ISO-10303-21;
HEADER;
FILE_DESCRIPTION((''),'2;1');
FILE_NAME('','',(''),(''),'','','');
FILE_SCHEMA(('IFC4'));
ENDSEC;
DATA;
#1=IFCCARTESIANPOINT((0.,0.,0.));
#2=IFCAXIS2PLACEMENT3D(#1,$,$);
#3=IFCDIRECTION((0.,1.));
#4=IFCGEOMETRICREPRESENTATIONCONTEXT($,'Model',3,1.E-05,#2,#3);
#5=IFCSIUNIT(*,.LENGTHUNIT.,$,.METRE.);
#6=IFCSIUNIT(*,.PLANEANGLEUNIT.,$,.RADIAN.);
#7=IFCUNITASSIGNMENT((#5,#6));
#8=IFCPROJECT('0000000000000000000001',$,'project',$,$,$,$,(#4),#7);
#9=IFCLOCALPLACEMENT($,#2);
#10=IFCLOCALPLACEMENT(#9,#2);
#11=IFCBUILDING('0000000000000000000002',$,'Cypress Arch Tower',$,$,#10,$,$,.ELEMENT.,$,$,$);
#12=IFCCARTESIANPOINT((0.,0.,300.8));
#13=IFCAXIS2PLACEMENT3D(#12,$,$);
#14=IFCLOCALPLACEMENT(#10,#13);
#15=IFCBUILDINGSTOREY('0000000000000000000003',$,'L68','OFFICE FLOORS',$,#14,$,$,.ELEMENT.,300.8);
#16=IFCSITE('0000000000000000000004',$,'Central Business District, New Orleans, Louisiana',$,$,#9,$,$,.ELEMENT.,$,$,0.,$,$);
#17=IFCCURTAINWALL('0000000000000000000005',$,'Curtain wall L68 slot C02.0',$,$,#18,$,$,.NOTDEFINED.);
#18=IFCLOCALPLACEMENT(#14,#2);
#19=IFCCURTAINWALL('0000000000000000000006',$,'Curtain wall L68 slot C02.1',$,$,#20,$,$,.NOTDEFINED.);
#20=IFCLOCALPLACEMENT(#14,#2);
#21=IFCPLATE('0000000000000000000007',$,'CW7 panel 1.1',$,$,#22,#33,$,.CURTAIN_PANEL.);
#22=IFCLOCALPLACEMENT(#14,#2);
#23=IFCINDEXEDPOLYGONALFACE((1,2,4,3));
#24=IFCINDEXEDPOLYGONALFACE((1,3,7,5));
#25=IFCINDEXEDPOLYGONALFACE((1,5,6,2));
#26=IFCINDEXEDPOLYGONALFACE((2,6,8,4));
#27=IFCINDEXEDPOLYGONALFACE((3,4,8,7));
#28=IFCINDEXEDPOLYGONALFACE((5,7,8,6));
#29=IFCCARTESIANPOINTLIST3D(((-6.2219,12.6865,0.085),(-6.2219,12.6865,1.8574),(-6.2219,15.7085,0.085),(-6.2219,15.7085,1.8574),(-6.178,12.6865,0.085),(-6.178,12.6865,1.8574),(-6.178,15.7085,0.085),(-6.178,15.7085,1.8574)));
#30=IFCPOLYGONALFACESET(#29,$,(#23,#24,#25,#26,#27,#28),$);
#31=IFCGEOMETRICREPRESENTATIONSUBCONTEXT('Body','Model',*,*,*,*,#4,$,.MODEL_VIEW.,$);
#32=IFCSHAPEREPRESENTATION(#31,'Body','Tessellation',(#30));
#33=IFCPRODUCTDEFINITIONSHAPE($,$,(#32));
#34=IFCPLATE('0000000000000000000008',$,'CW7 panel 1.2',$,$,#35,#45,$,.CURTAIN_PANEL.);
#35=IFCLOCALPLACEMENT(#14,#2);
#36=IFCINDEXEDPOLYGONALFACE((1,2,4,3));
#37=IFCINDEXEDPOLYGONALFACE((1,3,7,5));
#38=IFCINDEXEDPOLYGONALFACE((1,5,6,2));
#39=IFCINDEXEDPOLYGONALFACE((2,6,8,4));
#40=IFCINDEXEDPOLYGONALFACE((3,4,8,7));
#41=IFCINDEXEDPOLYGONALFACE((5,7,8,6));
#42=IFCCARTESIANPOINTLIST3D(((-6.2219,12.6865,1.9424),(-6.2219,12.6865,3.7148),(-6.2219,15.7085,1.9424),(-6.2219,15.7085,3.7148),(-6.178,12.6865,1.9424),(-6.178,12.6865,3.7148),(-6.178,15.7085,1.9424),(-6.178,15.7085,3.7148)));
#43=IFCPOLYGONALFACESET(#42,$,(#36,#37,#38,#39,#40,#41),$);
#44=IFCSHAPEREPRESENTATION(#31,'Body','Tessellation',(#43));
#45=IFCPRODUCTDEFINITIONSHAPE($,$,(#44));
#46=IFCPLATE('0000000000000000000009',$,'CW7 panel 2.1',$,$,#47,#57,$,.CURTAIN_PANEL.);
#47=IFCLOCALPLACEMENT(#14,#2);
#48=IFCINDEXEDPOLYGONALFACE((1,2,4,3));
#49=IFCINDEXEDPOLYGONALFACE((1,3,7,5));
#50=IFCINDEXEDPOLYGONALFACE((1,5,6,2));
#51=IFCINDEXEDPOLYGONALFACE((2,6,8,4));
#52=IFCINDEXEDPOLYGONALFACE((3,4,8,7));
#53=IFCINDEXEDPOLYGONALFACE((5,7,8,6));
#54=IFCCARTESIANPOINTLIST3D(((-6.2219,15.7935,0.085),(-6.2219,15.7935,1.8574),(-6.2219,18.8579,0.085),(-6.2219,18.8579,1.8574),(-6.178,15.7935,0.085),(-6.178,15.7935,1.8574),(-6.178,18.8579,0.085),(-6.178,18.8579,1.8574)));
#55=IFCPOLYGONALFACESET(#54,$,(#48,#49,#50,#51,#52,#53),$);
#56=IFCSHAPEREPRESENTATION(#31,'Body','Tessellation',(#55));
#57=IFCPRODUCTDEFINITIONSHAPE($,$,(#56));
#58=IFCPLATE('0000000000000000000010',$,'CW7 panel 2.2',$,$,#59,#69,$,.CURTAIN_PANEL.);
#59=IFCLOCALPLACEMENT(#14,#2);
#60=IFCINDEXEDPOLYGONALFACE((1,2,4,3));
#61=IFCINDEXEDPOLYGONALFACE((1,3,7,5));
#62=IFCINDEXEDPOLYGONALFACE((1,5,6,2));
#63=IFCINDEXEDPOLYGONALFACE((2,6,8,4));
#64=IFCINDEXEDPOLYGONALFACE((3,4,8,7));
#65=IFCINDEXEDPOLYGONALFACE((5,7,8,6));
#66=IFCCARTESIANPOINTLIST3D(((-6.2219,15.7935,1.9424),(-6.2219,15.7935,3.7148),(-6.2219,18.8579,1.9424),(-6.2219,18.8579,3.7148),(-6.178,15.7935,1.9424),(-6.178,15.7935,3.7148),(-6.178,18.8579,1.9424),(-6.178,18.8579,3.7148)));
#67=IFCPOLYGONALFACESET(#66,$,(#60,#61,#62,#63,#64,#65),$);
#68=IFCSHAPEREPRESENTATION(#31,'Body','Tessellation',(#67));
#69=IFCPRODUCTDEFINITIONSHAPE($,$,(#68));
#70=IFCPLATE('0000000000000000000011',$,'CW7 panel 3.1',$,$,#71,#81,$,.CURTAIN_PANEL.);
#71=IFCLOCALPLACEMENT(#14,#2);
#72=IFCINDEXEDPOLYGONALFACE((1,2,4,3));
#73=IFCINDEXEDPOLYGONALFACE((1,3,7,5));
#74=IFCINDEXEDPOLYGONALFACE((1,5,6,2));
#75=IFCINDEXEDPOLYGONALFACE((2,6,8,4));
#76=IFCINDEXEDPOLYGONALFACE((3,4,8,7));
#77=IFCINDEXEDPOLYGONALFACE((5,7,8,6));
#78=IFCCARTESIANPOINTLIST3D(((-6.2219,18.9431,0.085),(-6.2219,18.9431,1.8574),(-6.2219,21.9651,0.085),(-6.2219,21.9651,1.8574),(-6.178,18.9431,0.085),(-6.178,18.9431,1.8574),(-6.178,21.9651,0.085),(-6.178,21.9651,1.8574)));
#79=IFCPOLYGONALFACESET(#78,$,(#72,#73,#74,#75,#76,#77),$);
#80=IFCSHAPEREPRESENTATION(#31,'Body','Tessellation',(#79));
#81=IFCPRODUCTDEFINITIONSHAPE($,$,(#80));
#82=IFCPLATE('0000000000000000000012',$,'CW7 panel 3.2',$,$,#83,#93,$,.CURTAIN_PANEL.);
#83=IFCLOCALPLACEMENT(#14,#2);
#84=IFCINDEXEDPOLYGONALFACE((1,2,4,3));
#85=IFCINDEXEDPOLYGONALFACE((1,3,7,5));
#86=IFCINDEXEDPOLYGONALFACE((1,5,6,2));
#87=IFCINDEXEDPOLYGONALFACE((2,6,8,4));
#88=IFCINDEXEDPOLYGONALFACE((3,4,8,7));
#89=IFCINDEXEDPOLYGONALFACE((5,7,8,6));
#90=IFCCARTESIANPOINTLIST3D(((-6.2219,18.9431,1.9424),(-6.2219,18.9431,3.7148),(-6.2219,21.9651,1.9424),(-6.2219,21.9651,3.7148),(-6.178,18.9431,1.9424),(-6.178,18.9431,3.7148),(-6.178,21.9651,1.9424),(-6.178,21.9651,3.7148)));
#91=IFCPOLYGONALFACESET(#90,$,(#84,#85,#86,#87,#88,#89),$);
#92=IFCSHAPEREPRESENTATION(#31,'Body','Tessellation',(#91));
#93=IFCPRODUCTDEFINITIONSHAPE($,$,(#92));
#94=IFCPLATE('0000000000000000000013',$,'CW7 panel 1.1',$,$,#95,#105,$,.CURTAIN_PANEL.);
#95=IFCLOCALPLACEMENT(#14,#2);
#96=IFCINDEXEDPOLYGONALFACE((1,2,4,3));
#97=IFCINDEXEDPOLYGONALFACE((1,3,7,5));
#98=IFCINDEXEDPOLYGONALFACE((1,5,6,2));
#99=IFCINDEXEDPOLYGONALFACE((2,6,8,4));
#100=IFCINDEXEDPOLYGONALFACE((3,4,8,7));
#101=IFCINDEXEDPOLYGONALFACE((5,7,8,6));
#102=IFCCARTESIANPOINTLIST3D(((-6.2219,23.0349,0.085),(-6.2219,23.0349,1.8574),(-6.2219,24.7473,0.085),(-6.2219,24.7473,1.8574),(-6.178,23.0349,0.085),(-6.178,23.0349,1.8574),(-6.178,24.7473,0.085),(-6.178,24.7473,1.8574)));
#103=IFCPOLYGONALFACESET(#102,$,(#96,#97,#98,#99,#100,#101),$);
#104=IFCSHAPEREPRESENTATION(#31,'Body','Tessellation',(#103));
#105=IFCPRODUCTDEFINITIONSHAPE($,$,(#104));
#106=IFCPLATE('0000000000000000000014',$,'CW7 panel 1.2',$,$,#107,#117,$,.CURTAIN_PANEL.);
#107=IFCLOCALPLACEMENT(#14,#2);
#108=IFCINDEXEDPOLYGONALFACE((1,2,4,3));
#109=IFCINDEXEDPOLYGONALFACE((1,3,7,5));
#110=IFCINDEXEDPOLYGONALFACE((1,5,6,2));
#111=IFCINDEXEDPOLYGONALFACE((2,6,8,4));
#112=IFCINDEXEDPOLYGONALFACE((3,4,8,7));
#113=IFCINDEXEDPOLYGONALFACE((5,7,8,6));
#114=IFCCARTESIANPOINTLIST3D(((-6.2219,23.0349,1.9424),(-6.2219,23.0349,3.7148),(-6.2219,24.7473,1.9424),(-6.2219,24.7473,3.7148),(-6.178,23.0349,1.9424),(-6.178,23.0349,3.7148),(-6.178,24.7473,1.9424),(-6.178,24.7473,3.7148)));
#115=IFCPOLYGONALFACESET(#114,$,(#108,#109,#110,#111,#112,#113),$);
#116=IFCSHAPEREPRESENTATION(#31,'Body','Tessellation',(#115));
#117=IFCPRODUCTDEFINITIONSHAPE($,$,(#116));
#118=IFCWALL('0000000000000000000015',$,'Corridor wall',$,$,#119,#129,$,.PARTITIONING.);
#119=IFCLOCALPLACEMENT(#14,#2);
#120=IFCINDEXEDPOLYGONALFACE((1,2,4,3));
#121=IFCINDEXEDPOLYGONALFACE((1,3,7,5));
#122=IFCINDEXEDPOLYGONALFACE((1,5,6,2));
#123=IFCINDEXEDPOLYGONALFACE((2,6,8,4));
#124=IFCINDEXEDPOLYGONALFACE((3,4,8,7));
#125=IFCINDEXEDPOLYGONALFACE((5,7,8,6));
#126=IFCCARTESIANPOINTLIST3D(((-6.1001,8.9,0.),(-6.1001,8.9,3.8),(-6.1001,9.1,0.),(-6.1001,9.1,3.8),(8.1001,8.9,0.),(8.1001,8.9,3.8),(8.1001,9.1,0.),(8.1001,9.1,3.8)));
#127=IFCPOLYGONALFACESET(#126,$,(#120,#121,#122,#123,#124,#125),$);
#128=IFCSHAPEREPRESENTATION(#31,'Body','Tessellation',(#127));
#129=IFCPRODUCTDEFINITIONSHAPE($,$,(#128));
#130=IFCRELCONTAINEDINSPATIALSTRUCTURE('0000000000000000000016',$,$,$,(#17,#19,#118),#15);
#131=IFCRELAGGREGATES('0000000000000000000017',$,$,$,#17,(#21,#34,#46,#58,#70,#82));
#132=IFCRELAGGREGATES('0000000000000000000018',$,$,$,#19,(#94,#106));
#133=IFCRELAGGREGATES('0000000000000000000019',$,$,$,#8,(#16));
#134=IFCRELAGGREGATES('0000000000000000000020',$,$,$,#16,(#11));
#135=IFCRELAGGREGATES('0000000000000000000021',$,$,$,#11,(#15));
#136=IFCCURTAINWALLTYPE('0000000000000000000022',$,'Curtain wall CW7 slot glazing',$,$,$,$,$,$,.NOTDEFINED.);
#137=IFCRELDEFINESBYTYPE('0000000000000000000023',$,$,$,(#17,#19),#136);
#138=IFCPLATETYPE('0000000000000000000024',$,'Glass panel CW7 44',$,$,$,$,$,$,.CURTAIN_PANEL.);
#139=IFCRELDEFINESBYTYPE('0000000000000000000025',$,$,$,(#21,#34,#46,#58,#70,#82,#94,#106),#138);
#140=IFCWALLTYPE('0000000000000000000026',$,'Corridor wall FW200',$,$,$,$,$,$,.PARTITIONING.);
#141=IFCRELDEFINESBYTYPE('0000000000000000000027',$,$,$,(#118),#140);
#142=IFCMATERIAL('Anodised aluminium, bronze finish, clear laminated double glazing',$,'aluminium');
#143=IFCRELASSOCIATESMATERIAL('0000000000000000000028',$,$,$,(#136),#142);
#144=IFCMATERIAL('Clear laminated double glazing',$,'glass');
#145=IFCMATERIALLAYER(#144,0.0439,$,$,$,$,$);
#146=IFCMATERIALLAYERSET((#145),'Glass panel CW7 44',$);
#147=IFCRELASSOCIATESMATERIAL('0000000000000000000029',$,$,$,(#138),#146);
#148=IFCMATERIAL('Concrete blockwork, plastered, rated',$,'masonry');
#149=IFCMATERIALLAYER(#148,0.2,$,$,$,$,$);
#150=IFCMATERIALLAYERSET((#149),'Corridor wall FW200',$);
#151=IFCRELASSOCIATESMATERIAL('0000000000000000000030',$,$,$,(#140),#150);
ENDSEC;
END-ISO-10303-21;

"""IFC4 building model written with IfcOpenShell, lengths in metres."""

from ifc_helpers import new_model, si_unit, direction, frame, frame_2d, origin, origin_2d, place, context, subcontext, project, spatial, rectangle, extrude, material, layer, layer_set, type_object, element, aggregate, save


model = new_model("IFC4")

# Units and contexts
model_context = context("Model", 3, precision=1e-05, world=origin(), true_north=direction((0.0, 1.0)))
body_context = subcontext(model_context, "Body", "Model", "MODEL_VIEW")
ifc_project = project(units=[si_unit("LENGTHUNIT", "METRE"), si_unit("PLANEANGLEUNIT", "RADIAN")], contexts=[model_context])

# Site, building, storey
site_placement = place(None, origin())
site = spatial("IfcSite", under=ifc_project, at=site_placement, Name="Central Business District, New Orleans, Louisiana", CompositionType="ELEMENT", RefElevation=0.0)
building_placement = place(site_placement, origin())
building = spatial("IfcBuilding", under=site, at=building_placement, Name="Cypress Arch Tower", CompositionType="ELEMENT")
storey_placement = place(building_placement, frame((0.0, 0.0, 300.8)))
storey = spatial("IfcBuildingStorey", under=building, at=storey_placement, Name="L68", Description="OFFICE FLOORS", CompositionType="ELEMENT", Elevation=300.8)

# Shared definitions
ifc_material_1 = material(Name="Anodised aluminium, bronze finish, clear laminated double glazing", Category="aluminium")
curtain_wall_type = type_object("IfcCurtainWallType", Name="Curtain wall CW7 slot glazing", PredefinedType="NOTDEFINED", material=ifc_material_1)

# Curtain walls
curtain_wall_1_placement = place(storey_placement, origin())
curtain_wall_1 = element("IfcCurtainWall", 1, at=curtain_wall_1_placement, inside=storey, type_object=curtain_wall_type, Name="Curtain wall L68 slot C02.0", PredefinedType="NOTDEFINED")
curtain_wall_2_placement = place(storey_placement, origin())
curtain_wall_2 = element("IfcCurtainWall", 2, at=curtain_wall_2_placement, inside=storey, type_object=curtain_wall_type, Name="Curtain wall L68 slot C02.1", PredefinedType="NOTDEFINED")

# Plates
ifc_material_2 = material(Name="Clear laminated double glazing", Category="glass")
ifc_layer_1 = layer(ifc_material_2, 0.0439)
ifc_layer_set_1 = layer_set([ifc_layer_1], Name="Glass panel CW7 44")
plate_type = type_object("IfcPlateType", Name="Glass panel CW7 44", PredefinedType="CURTAIN_PANEL", material=ifc_layer_set_1)
plate_1_placement = place(storey_placement, frame((-6.2, 14.1975, 0.085), z_axis=(0.0, 0.0, 1.0), x_axis=(0.0, 1.0, 0.0)))
plate_1 = element("IfcPlate", 3, at=plate_1_placement, type_object=plate_type, Name="CW7 panel 1.1", PredefinedType="CURTAIN_PANEL", context=body_context, shape_type="SweptSolid", body=[
    extrude(rectangle(XDim=3.022, YDim=0.0439, at=origin_2d()), origin(), (0.0, 0.0, 1.0), 1.7725),
])
plate_2_placement = place(storey_placement, frame((-6.2, 14.1975, 1.9424), z_axis=(0.0, 0.0, 1.0), x_axis=(0.0, 1.0, 0.0)))
plate_2 = element("IfcPlate", 4, at=plate_2_placement, type_object=plate_type, Name="CW7 panel 1.2", PredefinedType="CURTAIN_PANEL", context=body_context, shape_type="SweptSolid", body=[
    extrude(rectangle(XDim=3.022, YDim=0.0439, at=origin_2d()), origin(), (0.0, 0.0, 1.0), 1.7725),
])
plate_3_placement = place(storey_placement, frame((-6.2, 17.3257, 0.085), z_axis=(0.0, 0.0, 1.0), x_axis=(0.0, 1.0, 0.0)))
plate_3 = element("IfcPlate", 5, at=plate_3_placement, type_object=plate_type, Name="CW7 panel 2.1", PredefinedType="CURTAIN_PANEL", context=body_context, shape_type="SweptSolid", body=[
    extrude(rectangle(XDim=3.0645, YDim=0.0439, at=origin_2d()), origin(), (0.0, 0.0, 1.0), 1.7725),
])
plate_4_placement = place(storey_placement, frame((-6.2, 17.3257, 1.9424), z_axis=(0.0, 0.0, 1.0), x_axis=(0.0, 1.0, 0.0)))
plate_4 = element("IfcPlate", 6, at=plate_4_placement, type_object=plate_type, Name="CW7 panel 2.2", PredefinedType="CURTAIN_PANEL", context=body_context, shape_type="SweptSolid", body=[
    extrude(rectangle(XDim=3.0645, YDim=0.0439, at=origin_2d()), origin(), (0.0, 0.0, 1.0), 1.7725),
])
plate_5_placement = place(storey_placement, frame((-6.2, 20.4541, 0.085), z_axis=(0.0, 0.0, 1.0), x_axis=(0.0, 1.0, 0.0)))
plate_5 = element("IfcPlate", 7, at=plate_5_placement, type_object=plate_type, Name="CW7 panel 3.1", PredefinedType="CURTAIN_PANEL", context=body_context, shape_type="SweptSolid", body=[
    extrude(rectangle(XDim=3.022, YDim=0.0439, at=origin_2d()), origin(), (0.0, 0.0, 1.0), 1.7725),
])
plate_6_placement = place(storey_placement, frame((-6.2, 20.4541, 1.9424), z_axis=(0.0, 0.0, 1.0), x_axis=(0.0, 1.0, 0.0)))
plate_6 = element("IfcPlate", 8, at=plate_6_placement, type_object=plate_type, Name="CW7 panel 3.2", PredefinedType="CURTAIN_PANEL", context=body_context, shape_type="SweptSolid", body=[
    extrude(rectangle(XDim=3.022, YDim=0.0439, at=origin_2d()), origin(), (0.0, 0.0, 1.0), 1.7725),
])
aggregate(curtain_wall_1, [plate_1, plate_2, plate_3, plate_4, plate_5, plate_6])
plate_7_placement = place(storey_placement, frame((-6.2, 23.8911, 0.085), z_axis=(0.0, 0.0, 1.0), x_axis=(0.0, 1.0, 0.0)))
plate_7 = element("IfcPlate", 9, at=plate_7_placement, type_object=plate_type, Name="CW7 panel 1.1", PredefinedType="CURTAIN_PANEL", context=body_context, shape_type="SweptSolid", body=[
    extrude(rectangle(XDim=1.7124, YDim=0.0439, at=origin_2d()), origin(), (0.0, 0.0, 1.0), 1.7725),
])
plate_8_placement = place(storey_placement, frame((-6.2, 23.8911, 1.9424), z_axis=(0.0, 0.0, 1.0), x_axis=(0.0, 1.0, 0.0)))
plate_8 = element("IfcPlate", 10, at=plate_8_placement, type_object=plate_type, Name="CW7 panel 1.2", PredefinedType="CURTAIN_PANEL", context=body_context, shape_type="SweptSolid", body=[
    extrude(rectangle(XDim=1.7124, YDim=0.0439, at=origin_2d()), origin(), (0.0, 0.0, 1.0), 1.7725),
])
aggregate(curtain_wall_2, [plate_7, plate_8])

# Wall
ifc_material_3 = material(Name="Concrete blockwork, plastered, rated", Category="masonry")
ifc_layer_2 = layer(ifc_material_3, 0.2)
ifc_layer_set_2 = layer_set([ifc_layer_2], Name="Corridor wall FW200")
wall_type = type_object("IfcWallType", Name="Corridor wall FW200", PredefinedType="PARTITIONING", material=ifc_layer_set_2)
wall_placement = place(storey_placement, frame((-6.1001, 9.0, 0.0), z_axis=(0.0, 0.0, 1.0), x_axis=(1.0, 0.0, 0.0)))
element("IfcWall", 11, at=wall_placement, inside=storey, type_object=wall_type, Name="Corridor wall", PredefinedType="PARTITIONING", context=body_context, shape_type="SweptSolid", body=[
    extrude(rectangle(XDim=14.2002, YDim=0.2, at=frame_2d((7.1001, 0.0))), origin(), (0.0, 0.0, 1.0), 3.8),
])

save(model, "model.ifc")
